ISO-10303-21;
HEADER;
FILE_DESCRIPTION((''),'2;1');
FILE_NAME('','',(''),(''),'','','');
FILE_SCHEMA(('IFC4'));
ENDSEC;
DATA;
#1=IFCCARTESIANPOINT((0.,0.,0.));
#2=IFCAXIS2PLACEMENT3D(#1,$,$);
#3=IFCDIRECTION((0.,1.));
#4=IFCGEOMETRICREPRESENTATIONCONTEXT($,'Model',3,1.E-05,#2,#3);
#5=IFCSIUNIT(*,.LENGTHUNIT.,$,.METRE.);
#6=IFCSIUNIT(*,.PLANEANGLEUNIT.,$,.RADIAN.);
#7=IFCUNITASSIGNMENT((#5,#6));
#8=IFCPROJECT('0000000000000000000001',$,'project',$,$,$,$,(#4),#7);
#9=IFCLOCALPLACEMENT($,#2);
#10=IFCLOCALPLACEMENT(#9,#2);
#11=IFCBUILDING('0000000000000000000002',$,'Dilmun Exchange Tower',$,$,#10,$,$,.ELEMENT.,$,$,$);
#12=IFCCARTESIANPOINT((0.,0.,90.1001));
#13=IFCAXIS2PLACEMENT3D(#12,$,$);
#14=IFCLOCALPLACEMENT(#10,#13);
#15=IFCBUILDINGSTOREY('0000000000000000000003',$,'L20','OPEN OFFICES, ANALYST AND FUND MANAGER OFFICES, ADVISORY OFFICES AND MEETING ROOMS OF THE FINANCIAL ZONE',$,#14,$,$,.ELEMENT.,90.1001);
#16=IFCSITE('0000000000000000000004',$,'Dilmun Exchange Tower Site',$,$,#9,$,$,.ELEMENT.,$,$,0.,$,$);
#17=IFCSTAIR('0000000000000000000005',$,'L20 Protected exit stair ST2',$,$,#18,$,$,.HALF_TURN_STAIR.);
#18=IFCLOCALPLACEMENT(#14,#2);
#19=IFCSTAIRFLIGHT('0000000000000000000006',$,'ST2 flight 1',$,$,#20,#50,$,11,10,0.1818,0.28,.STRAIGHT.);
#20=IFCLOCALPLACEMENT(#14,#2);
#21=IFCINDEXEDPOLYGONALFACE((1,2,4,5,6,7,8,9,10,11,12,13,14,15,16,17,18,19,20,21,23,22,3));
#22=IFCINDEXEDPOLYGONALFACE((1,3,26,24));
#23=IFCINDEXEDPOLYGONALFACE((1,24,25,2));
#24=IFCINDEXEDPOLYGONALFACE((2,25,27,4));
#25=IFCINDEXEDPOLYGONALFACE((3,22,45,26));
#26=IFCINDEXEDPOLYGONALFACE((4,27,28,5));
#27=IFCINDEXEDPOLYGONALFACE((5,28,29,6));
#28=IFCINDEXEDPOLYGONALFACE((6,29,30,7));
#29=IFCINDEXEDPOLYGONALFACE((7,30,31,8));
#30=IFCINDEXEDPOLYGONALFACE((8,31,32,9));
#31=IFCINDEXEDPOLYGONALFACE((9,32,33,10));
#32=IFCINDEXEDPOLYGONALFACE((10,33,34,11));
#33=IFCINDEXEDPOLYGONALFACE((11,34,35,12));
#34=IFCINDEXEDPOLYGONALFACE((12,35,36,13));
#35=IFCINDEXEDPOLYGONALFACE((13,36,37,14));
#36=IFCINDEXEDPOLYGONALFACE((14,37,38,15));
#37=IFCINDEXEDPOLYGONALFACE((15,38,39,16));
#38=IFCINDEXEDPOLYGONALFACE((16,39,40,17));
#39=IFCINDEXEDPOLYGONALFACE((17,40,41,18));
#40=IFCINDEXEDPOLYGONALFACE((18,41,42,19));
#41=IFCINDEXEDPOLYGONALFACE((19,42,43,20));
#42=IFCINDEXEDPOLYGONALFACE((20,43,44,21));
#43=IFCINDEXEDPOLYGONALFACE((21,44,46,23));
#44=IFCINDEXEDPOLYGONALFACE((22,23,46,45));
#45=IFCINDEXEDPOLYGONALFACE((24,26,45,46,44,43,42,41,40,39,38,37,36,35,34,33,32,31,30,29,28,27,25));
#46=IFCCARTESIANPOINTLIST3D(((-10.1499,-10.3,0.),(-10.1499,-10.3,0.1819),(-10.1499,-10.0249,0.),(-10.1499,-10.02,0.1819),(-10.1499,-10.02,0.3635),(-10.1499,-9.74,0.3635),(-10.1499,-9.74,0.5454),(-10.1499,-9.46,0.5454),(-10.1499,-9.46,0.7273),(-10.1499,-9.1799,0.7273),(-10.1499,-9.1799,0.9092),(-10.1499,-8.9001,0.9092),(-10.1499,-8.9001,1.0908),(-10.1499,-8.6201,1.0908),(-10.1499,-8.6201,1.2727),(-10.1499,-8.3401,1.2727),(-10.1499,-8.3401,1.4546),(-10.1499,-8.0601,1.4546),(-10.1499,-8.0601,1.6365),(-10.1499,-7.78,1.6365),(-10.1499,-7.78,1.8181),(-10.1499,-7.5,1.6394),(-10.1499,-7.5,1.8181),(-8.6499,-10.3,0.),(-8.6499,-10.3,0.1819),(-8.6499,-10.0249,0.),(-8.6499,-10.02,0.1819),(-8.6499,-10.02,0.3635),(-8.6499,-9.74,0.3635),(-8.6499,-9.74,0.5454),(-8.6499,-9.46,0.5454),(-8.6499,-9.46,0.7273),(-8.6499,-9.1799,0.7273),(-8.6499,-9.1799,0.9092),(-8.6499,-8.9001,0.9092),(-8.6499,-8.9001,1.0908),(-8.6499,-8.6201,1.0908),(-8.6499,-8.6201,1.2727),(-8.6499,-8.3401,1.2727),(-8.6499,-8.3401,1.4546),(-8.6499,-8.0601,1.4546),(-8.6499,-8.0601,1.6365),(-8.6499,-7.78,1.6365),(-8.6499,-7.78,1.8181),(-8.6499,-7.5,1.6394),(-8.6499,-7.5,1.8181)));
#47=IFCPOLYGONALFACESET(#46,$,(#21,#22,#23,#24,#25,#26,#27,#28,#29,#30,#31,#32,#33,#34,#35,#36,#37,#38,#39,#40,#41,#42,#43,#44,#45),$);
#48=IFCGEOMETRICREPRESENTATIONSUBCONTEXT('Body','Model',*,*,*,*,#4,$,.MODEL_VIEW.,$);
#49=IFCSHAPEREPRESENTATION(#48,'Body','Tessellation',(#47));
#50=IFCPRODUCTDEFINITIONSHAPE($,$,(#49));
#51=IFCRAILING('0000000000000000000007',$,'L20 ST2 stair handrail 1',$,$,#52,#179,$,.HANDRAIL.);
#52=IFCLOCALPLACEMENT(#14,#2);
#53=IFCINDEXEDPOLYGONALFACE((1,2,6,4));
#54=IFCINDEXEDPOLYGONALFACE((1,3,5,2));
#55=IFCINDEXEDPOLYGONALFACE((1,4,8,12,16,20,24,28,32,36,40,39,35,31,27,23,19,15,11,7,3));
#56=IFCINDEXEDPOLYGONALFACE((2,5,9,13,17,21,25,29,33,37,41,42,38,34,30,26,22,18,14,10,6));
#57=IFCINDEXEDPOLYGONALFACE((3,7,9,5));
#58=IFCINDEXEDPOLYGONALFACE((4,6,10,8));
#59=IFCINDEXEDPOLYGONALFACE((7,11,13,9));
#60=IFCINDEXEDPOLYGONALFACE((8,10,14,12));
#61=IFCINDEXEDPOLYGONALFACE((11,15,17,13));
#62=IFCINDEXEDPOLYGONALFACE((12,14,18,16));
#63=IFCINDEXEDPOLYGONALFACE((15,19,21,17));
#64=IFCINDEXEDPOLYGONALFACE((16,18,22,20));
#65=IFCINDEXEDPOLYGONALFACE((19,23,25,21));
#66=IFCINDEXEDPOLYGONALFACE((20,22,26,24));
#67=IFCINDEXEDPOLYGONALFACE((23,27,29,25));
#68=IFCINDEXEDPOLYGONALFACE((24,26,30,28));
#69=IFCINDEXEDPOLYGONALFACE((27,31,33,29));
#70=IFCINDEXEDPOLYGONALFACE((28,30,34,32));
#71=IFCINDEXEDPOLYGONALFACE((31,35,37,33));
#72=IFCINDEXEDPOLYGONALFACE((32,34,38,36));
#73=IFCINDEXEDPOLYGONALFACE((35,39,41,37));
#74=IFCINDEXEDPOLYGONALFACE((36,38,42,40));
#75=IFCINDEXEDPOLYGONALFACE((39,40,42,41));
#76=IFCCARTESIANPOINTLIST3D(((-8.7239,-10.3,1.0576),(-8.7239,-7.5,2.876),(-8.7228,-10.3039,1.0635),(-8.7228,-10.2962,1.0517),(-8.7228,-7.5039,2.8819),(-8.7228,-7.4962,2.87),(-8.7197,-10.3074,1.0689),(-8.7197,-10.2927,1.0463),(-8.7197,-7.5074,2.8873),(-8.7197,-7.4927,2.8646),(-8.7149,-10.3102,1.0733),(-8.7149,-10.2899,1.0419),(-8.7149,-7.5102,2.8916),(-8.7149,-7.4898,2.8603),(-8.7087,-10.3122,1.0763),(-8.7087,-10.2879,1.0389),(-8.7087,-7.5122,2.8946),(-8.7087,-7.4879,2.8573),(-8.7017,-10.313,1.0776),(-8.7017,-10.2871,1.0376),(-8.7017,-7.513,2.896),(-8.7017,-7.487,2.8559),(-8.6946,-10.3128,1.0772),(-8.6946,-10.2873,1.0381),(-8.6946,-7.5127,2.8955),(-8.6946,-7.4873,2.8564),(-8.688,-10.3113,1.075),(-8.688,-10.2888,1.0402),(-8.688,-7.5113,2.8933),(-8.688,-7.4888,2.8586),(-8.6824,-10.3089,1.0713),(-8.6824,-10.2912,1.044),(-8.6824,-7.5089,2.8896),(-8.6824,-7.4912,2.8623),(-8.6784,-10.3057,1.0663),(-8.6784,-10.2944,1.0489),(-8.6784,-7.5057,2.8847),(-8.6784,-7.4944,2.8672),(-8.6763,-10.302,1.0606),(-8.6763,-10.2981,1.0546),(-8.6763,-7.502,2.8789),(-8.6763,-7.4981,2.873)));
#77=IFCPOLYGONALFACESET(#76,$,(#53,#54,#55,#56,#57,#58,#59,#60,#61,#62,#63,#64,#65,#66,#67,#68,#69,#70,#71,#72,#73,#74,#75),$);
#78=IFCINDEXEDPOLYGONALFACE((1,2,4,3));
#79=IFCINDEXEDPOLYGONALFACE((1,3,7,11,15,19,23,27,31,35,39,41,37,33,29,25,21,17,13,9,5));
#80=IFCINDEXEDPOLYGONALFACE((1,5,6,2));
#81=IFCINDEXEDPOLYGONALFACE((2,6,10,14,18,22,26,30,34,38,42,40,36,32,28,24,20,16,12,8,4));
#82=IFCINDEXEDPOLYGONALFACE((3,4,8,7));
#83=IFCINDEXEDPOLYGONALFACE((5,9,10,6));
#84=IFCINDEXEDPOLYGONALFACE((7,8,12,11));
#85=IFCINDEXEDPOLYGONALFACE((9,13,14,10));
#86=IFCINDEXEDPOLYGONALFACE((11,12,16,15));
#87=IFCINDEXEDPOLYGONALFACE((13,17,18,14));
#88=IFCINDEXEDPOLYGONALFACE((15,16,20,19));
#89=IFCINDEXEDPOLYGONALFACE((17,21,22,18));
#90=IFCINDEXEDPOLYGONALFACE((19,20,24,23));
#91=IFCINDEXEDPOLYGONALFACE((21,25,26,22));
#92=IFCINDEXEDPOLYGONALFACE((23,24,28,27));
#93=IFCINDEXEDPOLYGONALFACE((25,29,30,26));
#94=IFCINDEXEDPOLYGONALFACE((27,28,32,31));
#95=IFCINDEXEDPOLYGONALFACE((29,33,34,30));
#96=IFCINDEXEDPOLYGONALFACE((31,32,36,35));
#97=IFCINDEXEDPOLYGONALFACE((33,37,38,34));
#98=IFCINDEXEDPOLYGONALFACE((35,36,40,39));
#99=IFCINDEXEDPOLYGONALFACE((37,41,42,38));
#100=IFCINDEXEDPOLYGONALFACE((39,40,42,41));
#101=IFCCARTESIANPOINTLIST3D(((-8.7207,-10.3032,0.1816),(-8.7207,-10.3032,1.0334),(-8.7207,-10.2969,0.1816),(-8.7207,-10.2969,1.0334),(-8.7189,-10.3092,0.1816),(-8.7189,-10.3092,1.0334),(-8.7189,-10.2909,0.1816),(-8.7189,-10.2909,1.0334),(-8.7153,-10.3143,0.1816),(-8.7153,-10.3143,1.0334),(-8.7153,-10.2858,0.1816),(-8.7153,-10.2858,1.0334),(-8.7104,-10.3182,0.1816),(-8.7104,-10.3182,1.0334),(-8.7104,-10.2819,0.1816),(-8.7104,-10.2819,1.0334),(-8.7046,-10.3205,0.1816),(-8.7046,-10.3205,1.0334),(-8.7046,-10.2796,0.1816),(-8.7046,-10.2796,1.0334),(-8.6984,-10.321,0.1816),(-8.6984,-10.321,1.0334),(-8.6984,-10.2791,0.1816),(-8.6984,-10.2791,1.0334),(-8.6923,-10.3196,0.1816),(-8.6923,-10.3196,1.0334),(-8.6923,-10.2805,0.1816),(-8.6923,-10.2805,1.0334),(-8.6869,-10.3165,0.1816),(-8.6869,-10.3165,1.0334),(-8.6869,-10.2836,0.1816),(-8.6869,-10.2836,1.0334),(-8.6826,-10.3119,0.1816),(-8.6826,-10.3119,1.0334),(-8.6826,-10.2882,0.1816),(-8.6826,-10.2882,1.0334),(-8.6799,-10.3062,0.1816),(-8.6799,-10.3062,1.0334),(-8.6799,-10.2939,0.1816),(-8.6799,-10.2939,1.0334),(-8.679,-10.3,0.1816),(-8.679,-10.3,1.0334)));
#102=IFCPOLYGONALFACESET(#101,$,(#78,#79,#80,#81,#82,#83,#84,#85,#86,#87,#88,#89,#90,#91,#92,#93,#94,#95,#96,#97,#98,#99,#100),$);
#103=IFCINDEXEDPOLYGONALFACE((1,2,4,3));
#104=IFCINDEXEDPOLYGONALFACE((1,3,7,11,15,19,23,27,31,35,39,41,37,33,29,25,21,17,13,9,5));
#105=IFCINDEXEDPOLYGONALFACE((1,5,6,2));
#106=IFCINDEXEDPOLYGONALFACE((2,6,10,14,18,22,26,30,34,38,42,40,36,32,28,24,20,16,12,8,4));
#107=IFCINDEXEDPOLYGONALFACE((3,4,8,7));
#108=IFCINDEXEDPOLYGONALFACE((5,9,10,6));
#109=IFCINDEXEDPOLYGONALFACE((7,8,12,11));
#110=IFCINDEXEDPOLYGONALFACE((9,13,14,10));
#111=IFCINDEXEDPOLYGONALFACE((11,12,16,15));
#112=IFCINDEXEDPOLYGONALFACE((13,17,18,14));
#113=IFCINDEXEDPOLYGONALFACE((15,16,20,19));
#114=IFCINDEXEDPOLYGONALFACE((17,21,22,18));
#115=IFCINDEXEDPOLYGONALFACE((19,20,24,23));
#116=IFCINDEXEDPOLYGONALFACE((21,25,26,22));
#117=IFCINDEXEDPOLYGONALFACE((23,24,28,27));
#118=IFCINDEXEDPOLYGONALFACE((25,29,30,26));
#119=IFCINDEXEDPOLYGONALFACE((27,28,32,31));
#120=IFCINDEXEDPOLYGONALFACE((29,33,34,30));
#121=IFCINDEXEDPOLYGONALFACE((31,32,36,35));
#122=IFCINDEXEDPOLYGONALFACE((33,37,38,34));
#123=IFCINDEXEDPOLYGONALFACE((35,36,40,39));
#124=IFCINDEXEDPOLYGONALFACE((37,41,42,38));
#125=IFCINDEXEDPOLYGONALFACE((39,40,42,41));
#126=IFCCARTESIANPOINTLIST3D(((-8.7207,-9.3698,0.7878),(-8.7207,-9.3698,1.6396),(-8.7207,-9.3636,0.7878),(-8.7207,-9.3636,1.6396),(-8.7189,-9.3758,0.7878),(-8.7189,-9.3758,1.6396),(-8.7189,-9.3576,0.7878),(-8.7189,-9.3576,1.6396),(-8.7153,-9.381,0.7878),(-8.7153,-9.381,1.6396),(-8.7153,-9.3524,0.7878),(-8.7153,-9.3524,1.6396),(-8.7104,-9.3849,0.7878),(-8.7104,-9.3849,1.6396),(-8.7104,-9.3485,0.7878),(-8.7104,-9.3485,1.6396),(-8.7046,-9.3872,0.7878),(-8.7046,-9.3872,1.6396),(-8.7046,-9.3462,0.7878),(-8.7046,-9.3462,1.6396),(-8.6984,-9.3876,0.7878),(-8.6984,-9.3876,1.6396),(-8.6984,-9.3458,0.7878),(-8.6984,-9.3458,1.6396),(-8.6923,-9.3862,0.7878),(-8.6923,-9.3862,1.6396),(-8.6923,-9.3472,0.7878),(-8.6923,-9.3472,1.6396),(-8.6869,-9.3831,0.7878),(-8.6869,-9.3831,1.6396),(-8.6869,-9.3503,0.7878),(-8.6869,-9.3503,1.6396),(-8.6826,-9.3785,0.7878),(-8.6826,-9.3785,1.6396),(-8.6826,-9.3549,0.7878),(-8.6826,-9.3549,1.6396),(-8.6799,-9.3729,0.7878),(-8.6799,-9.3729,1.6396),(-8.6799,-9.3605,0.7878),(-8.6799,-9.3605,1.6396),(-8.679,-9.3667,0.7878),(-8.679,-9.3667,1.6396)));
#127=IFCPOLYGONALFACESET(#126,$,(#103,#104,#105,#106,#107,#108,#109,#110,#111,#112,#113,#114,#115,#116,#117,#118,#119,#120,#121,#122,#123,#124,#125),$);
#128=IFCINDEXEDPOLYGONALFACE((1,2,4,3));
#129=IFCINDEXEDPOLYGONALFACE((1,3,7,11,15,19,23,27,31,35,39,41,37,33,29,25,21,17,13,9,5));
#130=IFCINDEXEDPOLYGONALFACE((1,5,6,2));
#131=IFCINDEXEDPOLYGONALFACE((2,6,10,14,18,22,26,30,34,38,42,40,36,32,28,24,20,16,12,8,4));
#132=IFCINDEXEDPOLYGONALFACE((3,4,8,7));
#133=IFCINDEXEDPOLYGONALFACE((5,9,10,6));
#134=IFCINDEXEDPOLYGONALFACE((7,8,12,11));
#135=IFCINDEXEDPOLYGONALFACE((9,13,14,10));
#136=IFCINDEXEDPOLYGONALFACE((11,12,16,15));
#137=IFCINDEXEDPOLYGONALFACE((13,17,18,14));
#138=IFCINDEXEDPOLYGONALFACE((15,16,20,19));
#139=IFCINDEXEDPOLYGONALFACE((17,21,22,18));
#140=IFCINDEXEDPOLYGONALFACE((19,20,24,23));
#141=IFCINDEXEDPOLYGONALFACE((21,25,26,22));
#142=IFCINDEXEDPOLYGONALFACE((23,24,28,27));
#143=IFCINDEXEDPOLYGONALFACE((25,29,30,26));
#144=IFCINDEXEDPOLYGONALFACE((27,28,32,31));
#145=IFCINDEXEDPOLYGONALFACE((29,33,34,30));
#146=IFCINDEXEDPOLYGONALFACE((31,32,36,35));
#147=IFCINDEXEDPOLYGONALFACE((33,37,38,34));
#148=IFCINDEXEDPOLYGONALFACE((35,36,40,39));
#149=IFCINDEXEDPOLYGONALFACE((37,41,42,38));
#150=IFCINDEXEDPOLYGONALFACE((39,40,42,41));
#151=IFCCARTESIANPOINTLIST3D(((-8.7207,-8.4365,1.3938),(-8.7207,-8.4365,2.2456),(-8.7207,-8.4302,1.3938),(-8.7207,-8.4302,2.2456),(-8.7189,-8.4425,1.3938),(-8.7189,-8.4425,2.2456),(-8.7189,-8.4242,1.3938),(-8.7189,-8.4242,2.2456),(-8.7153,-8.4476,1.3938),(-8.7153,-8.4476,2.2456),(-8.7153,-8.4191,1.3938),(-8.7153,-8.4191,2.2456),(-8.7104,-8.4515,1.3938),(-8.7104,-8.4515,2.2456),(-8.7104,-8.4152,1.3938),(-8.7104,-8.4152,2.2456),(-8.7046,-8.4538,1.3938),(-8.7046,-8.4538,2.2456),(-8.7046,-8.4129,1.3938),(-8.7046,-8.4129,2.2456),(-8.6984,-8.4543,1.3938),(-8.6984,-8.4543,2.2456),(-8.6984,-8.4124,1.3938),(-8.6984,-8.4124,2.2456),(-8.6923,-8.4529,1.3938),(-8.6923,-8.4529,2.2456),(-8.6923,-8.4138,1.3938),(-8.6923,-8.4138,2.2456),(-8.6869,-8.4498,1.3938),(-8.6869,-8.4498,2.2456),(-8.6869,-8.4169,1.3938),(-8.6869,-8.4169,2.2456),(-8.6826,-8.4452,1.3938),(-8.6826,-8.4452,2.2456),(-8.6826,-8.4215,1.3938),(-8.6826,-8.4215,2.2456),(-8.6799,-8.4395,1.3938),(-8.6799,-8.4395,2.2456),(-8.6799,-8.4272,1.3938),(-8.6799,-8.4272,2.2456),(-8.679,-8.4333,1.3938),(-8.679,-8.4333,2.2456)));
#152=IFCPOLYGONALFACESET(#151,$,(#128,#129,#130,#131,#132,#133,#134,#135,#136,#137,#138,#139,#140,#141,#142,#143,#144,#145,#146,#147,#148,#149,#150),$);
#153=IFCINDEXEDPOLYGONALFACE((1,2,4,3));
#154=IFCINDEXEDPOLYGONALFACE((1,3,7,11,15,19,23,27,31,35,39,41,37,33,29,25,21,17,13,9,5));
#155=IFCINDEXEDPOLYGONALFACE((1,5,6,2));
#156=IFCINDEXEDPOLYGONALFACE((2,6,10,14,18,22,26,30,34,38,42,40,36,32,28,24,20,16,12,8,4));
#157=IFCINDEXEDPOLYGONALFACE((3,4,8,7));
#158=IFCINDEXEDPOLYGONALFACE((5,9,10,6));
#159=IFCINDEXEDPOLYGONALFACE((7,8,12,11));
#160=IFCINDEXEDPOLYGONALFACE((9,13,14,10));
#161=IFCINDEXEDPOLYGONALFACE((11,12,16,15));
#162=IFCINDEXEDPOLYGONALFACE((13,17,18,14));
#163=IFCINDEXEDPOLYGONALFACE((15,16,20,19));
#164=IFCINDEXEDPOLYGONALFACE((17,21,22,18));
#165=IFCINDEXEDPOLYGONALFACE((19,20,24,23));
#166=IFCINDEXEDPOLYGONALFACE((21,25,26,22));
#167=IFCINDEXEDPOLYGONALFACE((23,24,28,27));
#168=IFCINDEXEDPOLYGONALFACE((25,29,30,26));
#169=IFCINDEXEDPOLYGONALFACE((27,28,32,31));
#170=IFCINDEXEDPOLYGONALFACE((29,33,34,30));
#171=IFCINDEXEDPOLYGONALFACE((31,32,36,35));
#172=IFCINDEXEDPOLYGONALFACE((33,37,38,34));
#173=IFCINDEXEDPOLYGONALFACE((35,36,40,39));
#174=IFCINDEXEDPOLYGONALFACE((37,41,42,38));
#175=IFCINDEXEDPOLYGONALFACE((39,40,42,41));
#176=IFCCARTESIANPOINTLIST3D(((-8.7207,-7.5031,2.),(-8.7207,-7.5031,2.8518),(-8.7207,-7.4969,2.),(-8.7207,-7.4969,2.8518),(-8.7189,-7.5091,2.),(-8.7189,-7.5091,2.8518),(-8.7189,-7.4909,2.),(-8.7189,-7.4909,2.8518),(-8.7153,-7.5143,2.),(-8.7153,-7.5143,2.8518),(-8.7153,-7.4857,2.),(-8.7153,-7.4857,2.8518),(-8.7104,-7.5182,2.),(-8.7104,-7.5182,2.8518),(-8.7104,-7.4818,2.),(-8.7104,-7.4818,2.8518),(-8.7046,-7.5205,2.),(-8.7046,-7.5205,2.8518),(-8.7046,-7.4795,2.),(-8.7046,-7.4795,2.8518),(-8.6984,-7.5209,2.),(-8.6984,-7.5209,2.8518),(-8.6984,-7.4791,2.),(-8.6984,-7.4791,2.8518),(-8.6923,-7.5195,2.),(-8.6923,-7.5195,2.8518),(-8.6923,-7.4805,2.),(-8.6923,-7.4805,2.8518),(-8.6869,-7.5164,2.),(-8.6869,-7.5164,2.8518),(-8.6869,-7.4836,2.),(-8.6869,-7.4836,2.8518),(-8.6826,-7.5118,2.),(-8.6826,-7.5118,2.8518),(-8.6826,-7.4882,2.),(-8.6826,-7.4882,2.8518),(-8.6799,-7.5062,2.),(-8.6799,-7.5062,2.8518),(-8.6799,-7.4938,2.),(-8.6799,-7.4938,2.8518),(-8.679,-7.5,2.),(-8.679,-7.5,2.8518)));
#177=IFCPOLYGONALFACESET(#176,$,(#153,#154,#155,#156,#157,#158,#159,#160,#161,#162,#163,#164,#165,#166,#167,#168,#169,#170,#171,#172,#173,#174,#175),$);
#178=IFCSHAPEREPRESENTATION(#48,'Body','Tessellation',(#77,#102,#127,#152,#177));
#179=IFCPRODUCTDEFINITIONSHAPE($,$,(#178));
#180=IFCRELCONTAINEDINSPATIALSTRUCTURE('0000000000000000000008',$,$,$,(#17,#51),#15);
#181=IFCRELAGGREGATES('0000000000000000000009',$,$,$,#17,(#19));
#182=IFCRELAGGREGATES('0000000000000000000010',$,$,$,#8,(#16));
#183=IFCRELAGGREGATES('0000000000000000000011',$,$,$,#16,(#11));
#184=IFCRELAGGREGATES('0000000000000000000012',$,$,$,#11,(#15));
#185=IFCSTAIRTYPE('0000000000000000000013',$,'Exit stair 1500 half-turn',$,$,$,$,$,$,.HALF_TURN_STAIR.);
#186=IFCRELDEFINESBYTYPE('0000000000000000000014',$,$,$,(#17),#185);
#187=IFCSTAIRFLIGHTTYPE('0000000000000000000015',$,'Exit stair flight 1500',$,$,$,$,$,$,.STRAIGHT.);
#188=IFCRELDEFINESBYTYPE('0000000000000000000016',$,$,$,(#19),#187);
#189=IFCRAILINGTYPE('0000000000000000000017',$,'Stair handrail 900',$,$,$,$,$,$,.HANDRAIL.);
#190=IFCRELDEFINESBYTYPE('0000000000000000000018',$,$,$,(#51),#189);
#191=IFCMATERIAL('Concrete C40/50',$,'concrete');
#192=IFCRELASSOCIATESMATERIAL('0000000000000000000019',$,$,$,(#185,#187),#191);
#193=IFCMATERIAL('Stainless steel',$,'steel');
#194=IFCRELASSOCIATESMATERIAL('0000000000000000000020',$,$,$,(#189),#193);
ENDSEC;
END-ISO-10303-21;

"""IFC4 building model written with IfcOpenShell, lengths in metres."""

from ifc_helpers import new_model, si_unit, direction, frame, origin, origin_2d, place, context, subcontext, project, spatial, polyline, circle, outline, extrude, material, type_object, element, aggregate, save


model = new_model("IFC4")

# Units and contexts
model_context = context("Model", 3, precision=1e-05, world=origin(), true_north=direction((0.0, 1.0)))
body_context = subcontext(model_context, "Body", "Model", "MODEL_VIEW")
ifc_project = project(units=[si_unit("LENGTHUNIT", "METRE"), si_unit("PLANEANGLEUNIT", "RADIAN")], contexts=[model_context])

# Site, building, storey
site_placement = place(None, origin())
site = spatial("IfcSite", under=ifc_project, at=site_placement, Name="Dilmun Exchange Tower Site", CompositionType="ELEMENT", RefElevation=0.0)
building_placement = place(site_placement, origin())
building = spatial("IfcBuilding", under=site, at=building_placement, Name="Dilmun Exchange Tower", CompositionType="ELEMENT")
storey_placement = place(building_placement, frame((0.0, 0.0, 90.1001)))
storey = spatial("IfcBuildingStorey", under=building, at=storey_placement, Name="L20", Description="OPEN OFFICES, ANALYST AND FUND MANAGER OFFICES, ADVISORY OFFICES AND MEETING ROOMS OF THE FINANCIAL ZONE", CompositionType="ELEMENT", Elevation=90.1001)

# Shared definitions
ifc_material_1 = material(Name="Concrete C40/50", Category="concrete")

# Stair, stair flight
stair_type = type_object("IfcStairType", Name="Exit stair 1500 half-turn", PredefinedType="HALF_TURN_STAIR", material=ifc_material_1)
stair_placement = place(storey_placement, origin())
stair = element("IfcStair", 1, at=stair_placement, inside=storey, type_object=stair_type, Name="L20 Protected exit stair ST2", PredefinedType="HALF_TURN_STAIR")
stair_flight_type = type_object("IfcStairFlightType", Name="Exit stair flight 1500", PredefinedType="STRAIGHT", material=ifc_material_1)
stair_flight_placement = place(storey_placement, frame((-9.3999, -10.3, 0.0), z_axis=(0.0, 0.0, 1.0), x_axis=(0.0, 1.0, 0.0)))
stair_flight = element("IfcStairFlight", 2, at=stair_flight_placement, type_object=stair_flight_type, Name="ST2 flight 1", NumberOfRisers=11, NumberOfTreads=10, PredefinedType="STRAIGHT", RiserHeight=0.1818, TreadLength=0.28, context=body_context, shape_type="SweptSolid", body=[
    extrude(outline(polyline([(0.0, 0.0), (0.0, 0.1819), (0.28, 0.1819), (0.28, 0.3635), (0.5601, 0.3635), (0.5601, 0.5454), (0.8401, 0.5454), (0.8401, 0.7273), (1.1201, 0.7273), (1.1201, 0.9092), (1.3999, 0.9092), (1.3999, 1.0908), (1.6799, 1.0908), (1.6799, 1.2727), (1.96, 1.2727), (1.96, 1.4546), (2.24, 1.4546), (2.24, 1.6365), (2.52, 1.6365), (2.52, 1.8181), (2.8, 1.8181), (2.8, 2.0), (2.8, 1.6394), (0.2751, 0.0), (0.0, 0.0)])), frame((0.0, 0.75, 0.0), z_axis=(0.0, -1.0, 0.0), x_axis=(1.0, 0.0, 0.0)), (0.0, 0.0, 1.0), 1.5),
])
aggregate(stair, [stair_flight])

# Railing
ifc_material_2 = material(Name="Stainless steel", Category="steel")
railing_type = type_object("IfcRailingType", Name="Stair handrail 900", PredefinedType="HANDRAIL", material=ifc_material_2)
railing_placement = place(storey_placement, frame((-8.7, -10.3, 0.1816)))
element("IfcRailing", 3, at=railing_placement, inside=storey, type_object=railing_type, Name="L20 ST2 stair handrail 1", PredefinedType="HANDRAIL", context=body_context, shape_type="SweptSolid", body=[
    extrude(circle(Radius=0.0239, at=origin_2d()), frame((0.0, 0.0, 0.876), z_axis=(0.0, 0.838672, 0.544636), x_axis=(-1.0, 0.0, 0.0)), (0.0, 0.0, 1.0), 3.3386),
    extrude(circle(Radius=0.021, at=origin_2d()), origin(), (0.0, 0.0, 1.0), 0.8518),
    extrude(circle(Radius=0.021, at=origin_2d()), frame((0.0, 0.9333, 0.6062)), (0.0, 0.0, 1.0), 0.8518),
    extrude(circle(Radius=0.021, at=origin_2d()), frame((0.0, 1.8667, 1.2122)), (0.0, 0.0, 1.0), 0.8518),
    extrude(circle(Radius=0.021, at=origin_2d()), frame((0.0, 2.8, 1.8184)), (0.0, 0.0, 1.0), 0.8518),
])

save(model, "model.ifc")
